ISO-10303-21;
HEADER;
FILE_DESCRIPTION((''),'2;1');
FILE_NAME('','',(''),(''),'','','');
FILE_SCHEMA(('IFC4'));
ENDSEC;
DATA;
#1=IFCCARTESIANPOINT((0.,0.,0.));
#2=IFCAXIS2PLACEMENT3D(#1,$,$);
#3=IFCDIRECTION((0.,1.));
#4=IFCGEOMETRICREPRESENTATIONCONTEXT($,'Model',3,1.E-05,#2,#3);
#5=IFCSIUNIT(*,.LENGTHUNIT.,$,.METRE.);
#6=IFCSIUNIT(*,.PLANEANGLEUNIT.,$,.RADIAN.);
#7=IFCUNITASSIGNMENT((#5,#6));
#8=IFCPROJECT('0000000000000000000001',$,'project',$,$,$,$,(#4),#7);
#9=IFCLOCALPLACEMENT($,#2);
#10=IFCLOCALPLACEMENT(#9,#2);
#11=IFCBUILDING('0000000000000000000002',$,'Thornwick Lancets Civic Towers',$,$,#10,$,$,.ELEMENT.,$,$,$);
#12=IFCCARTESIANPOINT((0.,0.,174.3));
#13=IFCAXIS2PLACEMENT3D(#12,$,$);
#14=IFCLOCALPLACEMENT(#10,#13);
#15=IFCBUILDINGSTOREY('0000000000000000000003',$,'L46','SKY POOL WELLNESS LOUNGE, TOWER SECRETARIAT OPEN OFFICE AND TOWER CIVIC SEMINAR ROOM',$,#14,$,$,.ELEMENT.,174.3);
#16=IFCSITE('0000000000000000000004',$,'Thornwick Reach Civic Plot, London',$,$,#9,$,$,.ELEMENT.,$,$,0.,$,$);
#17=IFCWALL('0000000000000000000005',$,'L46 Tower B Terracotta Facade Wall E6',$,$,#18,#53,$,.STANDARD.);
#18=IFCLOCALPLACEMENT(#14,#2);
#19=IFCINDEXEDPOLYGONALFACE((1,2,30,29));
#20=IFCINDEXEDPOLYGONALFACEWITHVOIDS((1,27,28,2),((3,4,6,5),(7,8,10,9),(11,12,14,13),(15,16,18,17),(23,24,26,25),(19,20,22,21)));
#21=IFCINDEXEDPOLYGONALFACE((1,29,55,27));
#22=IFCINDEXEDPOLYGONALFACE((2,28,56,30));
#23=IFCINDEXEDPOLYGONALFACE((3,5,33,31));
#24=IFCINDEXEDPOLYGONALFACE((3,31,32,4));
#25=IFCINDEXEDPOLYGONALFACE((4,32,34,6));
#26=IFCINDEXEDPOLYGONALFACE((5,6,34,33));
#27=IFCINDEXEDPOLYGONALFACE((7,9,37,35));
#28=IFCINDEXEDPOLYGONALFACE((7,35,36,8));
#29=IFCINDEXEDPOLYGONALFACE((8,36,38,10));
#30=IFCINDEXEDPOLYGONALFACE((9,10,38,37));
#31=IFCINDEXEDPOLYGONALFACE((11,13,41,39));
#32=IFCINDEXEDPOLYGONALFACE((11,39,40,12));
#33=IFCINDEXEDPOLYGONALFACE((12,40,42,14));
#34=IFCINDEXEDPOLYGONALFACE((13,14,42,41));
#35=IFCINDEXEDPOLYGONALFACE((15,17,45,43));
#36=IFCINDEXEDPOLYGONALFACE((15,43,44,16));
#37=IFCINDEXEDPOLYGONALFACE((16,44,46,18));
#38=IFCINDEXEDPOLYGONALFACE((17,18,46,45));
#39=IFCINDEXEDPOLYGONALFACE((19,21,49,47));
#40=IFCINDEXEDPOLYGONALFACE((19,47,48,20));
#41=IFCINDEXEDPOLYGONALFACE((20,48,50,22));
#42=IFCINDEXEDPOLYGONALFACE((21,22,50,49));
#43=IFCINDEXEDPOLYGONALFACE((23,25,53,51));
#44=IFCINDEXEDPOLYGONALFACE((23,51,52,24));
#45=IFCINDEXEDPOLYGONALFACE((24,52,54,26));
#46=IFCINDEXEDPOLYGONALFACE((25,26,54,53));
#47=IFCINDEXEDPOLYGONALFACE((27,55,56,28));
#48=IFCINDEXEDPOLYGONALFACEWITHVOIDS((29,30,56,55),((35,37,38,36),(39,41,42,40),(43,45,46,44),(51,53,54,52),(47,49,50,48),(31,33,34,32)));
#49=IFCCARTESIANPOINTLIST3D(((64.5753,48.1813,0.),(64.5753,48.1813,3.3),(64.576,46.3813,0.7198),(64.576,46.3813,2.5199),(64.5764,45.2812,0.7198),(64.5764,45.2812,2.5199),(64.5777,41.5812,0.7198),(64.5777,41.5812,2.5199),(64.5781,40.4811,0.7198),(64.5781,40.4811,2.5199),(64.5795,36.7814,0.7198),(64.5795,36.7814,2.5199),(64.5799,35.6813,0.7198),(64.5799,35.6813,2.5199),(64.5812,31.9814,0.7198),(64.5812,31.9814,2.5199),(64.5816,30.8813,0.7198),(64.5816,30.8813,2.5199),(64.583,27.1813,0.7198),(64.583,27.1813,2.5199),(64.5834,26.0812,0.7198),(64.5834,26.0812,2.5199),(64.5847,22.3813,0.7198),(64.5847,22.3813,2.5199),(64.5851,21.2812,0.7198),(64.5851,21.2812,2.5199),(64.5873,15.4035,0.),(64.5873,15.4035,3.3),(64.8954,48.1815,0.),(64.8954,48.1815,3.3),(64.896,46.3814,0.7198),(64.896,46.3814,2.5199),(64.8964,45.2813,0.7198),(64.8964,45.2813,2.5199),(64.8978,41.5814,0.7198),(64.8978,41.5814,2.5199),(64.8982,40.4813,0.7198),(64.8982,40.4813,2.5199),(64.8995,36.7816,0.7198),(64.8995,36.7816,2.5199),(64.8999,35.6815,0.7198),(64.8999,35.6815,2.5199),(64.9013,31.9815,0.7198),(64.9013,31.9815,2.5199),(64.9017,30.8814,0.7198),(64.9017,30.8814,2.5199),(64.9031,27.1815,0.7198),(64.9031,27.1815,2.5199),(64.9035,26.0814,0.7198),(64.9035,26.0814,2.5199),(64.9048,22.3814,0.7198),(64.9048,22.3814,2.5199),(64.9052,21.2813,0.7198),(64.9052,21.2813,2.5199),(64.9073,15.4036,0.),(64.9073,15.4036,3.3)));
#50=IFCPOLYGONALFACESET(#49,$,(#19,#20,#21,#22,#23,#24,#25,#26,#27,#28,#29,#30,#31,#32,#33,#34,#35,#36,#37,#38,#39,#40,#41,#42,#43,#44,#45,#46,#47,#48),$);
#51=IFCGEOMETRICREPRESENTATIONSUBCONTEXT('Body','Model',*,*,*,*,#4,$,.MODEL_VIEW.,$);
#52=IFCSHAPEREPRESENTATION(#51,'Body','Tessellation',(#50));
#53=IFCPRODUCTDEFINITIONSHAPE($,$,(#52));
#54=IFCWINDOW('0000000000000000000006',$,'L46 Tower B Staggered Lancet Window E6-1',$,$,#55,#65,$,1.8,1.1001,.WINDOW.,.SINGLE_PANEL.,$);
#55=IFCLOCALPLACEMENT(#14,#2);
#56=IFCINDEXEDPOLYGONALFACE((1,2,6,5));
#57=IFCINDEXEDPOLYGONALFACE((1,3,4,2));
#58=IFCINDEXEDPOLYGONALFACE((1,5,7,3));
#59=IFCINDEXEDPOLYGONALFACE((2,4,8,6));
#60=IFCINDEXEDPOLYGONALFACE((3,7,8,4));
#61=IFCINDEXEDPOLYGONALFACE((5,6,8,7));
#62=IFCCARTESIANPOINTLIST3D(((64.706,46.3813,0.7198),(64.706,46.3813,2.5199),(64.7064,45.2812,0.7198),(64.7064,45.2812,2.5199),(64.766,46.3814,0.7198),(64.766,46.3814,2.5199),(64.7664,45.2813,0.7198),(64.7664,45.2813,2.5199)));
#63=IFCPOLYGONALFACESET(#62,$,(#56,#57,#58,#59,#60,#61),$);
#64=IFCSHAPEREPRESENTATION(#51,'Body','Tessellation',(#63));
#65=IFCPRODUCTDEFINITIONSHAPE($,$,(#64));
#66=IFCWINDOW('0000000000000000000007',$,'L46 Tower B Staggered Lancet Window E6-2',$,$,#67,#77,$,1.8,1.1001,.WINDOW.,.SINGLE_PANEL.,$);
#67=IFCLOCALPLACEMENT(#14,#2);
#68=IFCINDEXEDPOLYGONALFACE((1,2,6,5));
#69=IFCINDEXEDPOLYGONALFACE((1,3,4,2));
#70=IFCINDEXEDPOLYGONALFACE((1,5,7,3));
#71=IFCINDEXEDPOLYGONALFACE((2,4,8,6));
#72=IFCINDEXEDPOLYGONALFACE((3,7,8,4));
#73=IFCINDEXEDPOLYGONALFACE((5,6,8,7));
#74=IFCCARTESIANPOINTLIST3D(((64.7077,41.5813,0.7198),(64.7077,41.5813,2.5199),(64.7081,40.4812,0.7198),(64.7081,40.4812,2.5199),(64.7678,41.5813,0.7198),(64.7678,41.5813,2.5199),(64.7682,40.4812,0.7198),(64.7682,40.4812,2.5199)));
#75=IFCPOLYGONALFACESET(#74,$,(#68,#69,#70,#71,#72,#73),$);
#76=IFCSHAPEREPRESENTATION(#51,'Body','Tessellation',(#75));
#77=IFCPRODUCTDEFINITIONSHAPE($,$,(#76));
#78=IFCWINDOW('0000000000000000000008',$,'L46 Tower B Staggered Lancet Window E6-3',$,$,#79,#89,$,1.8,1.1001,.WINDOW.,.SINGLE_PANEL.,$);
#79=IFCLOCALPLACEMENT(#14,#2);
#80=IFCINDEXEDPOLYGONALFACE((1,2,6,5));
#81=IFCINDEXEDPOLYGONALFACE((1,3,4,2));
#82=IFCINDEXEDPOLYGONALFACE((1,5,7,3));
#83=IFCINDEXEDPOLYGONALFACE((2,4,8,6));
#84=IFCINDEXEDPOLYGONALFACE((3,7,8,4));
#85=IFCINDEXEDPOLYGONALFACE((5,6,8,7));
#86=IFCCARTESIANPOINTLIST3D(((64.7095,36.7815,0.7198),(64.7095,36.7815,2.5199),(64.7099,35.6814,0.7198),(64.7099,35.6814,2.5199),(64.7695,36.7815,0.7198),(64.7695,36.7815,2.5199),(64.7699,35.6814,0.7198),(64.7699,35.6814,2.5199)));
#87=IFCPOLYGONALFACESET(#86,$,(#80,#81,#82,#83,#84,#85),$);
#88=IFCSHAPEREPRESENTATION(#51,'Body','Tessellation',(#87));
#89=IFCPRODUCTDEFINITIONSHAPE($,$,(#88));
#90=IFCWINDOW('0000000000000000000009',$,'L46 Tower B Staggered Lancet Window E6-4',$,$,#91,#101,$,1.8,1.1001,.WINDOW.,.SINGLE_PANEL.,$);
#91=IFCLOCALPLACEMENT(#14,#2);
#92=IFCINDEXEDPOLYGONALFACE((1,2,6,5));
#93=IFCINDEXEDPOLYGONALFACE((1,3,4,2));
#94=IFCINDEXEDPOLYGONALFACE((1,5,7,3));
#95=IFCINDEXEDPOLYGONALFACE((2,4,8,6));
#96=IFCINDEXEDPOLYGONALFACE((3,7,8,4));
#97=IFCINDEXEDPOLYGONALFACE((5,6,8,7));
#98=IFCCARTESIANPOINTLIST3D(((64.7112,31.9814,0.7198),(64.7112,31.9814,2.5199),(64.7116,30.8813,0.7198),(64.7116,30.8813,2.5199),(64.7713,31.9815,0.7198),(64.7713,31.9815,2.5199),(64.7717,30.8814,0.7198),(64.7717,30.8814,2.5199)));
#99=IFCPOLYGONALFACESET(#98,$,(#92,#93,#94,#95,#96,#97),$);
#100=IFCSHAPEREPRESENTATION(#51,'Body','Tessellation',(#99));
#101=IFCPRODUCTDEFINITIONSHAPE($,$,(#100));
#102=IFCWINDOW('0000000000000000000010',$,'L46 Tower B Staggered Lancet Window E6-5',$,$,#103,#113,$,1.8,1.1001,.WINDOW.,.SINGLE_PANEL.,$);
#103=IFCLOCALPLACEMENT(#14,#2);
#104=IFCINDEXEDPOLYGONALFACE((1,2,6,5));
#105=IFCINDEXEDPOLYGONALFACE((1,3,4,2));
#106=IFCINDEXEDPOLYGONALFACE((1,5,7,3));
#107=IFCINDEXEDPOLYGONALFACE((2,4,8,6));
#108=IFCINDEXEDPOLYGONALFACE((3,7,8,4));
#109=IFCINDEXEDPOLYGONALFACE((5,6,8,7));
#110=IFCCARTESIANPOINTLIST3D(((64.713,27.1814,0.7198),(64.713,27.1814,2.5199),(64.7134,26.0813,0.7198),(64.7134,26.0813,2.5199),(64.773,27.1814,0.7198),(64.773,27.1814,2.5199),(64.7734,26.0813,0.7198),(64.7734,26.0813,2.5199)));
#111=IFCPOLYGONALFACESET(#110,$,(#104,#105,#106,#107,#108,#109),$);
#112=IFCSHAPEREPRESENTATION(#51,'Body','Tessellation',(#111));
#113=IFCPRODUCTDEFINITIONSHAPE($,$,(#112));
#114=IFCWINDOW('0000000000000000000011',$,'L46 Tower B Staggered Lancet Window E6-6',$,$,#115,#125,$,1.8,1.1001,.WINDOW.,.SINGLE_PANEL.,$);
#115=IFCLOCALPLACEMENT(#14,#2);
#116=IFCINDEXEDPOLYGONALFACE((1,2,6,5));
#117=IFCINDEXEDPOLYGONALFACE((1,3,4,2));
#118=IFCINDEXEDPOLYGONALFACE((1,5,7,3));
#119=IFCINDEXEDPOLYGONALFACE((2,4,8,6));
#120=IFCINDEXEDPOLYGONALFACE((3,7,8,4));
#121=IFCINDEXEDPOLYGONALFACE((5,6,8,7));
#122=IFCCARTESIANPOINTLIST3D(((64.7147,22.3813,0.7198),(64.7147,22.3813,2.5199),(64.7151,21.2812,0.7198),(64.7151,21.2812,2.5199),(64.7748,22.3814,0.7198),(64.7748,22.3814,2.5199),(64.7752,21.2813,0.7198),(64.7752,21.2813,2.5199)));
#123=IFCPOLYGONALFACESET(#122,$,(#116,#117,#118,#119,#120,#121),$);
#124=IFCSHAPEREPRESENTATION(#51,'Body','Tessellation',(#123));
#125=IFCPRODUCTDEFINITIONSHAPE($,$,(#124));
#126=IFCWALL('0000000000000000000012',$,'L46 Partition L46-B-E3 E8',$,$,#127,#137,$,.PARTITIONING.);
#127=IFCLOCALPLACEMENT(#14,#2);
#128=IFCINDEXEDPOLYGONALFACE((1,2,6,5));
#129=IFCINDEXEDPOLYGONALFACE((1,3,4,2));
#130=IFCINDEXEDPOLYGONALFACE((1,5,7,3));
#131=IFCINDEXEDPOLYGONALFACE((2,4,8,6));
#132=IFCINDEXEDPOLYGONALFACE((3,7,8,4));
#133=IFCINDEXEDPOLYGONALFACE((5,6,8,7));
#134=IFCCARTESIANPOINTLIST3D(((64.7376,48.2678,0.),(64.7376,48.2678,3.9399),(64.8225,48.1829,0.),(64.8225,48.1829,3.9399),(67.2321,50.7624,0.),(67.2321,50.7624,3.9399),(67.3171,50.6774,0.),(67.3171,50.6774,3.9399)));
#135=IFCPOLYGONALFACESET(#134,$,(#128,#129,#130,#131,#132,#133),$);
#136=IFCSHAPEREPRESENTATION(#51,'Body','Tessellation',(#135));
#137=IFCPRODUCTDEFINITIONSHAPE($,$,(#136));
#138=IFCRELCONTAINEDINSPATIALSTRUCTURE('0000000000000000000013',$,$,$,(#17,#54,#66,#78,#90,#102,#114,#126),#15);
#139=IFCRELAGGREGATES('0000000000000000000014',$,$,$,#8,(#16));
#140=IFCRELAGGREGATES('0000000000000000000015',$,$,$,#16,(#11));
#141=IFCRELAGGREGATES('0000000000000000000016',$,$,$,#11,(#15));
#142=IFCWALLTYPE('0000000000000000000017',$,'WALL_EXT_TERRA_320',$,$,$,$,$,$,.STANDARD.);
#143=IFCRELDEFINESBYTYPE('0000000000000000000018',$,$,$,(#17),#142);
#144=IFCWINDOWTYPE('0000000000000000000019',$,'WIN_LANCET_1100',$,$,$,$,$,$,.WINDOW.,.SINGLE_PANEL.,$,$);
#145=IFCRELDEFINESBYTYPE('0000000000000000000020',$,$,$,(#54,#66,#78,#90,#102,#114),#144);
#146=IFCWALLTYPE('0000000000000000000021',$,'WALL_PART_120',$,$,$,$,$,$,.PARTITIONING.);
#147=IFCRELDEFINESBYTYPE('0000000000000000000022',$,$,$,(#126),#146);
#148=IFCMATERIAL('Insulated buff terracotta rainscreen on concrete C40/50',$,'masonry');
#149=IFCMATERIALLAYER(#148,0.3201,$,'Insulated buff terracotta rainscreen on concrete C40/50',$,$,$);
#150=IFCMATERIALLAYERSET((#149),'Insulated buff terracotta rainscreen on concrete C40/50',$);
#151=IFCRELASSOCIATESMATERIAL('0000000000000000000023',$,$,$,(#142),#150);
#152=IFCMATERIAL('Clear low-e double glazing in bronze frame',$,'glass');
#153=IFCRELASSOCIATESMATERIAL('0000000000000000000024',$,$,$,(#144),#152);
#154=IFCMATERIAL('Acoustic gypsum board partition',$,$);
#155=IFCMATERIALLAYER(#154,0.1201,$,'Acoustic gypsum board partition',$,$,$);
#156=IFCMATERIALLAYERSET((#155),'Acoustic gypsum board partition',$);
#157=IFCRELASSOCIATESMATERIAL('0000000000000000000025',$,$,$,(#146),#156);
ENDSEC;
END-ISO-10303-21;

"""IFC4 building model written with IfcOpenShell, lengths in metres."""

from ifc_helpers import new_model, si_unit, direction, frame, frame_2d, origin, place, context, subcontext, project, spatial, rectangle, extrude, material, layer, layer_set, type_object, element, fill, save


model = new_model("IFC4")

# Units and contexts
model_context = context("Model", 3, precision=1e-05, world=origin(), true_north=direction((0.0, 1.0)))
body_context = subcontext(model_context, "Body", "Model", "MODEL_VIEW")
ifc_project = project(units=[si_unit("LENGTHUNIT", "METRE"), si_unit("PLANEANGLEUNIT", "RADIAN")], contexts=[model_context])

# Site, building, storey
site_placement = place(None, origin())
site = spatial("IfcSite", under=ifc_project, at=site_placement, Name="Thornwick Reach Civic Plot, London", CompositionType="ELEMENT", RefElevation=0.0)
building_placement = place(site_placement, origin())
building = spatial("IfcBuilding", under=site, at=building_placement, Name="Thornwick Lancets Civic Towers", CompositionType="ELEMENT")
storey_placement = place(building_placement, frame((0.0, 0.0, 174.3)))
storey = spatial("IfcBuildingStorey", under=building, at=storey_placement, Name="L46", Description="SKY POOL WELLNESS LOUNGE, TOWER SECRETARIAT OPEN OFFICE AND TOWER CIVIC SEMINAR ROOM", CompositionType="ELEMENT", Elevation=174.3)

# Wall, openings, windows
ifc_material_1 = material(Name="Insulated buff terracotta rainscreen on concrete C40/50", Category="masonry")
ifc_layer_1 = layer(ifc_material_1, 0.3201, Name="Insulated buff terracotta rainscreen on concrete C40/50")
ifc_layer_set_1 = layer_set([ifc_layer_1], Name="Insulated buff terracotta rainscreen on concrete C40/50")
wall_type_1 = type_object("IfcWallType", Name="WALL_EXT_TERRA_320", PredefinedType="STANDARD", material=ifc_layer_set_1)
wall_1_placement = place(storey_placement, frame((64.7354, 48.1814, 0.0), z_axis=(0.0, 0.0, 1.0), x_axis=(0.000365, -1.0, 0.0)))
wall_1 = element("IfcWall", 1, at=wall_1_placement, inside=storey, type_object=wall_type_1, Name="L46 Tower B Terracotta Facade Wall E6", PredefinedType="STANDARD", context=body_context, shape_type="SweptSolid", body=[
    extrude(rectangle(XDim=32.7778, YDim=0.3201, at=frame_2d((16.3889, 0.0))), origin(), (0.0, 0.0, 1.0), 3.3),
])
opening_1_placement = place(wall_1_placement, frame((1.8, 0.0, 0.72)))
opening_1 = element("IfcOpeningElement", 2, at=opening_1_placement, cuts=wall_1, PredefinedType="OPENING", context=body_context, shape_type="SweptSolid", body=[
    extrude(rectangle(XDim=1.1001, YDim=1.8, at=frame_2d((0.55, 0.8999))), frame((0.0, 0.1699, 0.0), z_axis=(0.0, -1.0, 0.0), x_axis=(1.0, 0.0, 0.0)), (0.0, 0.0, 1.0), 0.3401),
])
opening_2_placement = place(wall_1_placement, frame((6.6001, 0.0, 0.72)))
opening_2 = element("IfcOpeningElement", 3, at=opening_2_placement, cuts=wall_1, PredefinedType="OPENING", context=body_context, shape_type="SweptSolid", body=[
    extrude(rectangle(XDim=1.1001, YDim=1.8, at=frame_2d((0.55, 0.8999))), frame((0.0, 0.1699, 0.0), z_axis=(0.0, -1.0, 0.0), x_axis=(1.0, 0.0, 0.0)), (0.0, 0.0, 1.0), 0.3401),
])
opening_3_placement = place(wall_1_placement, frame((11.3999, 0.0, 0.72)))
opening_3 = element("IfcOpeningElement", 4, at=opening_3_placement, cuts=wall_1, PredefinedType="OPENING", context=body_context, shape_type="SweptSolid", body=[
    extrude(rectangle(XDim=1.1001, YDim=1.8, at=frame_2d((0.55, 0.8999))), frame((0.0, 0.1699, 0.0), z_axis=(0.0, -1.0, 0.0), x_axis=(1.0, 0.0, 0.0)), (0.0, 0.0, 1.0), 0.3401),
])
opening_4_placement = place(wall_1_placement, frame((16.2, 0.0, 0.72)))
opening_4 = element("IfcOpeningElement", 5, at=opening_4_placement, cuts=wall_1, PredefinedType="OPENING", context=body_context, shape_type="SweptSolid", body=[
    extrude(rectangle(XDim=1.1001, YDim=1.8, at=frame_2d((0.55, 0.8999))), frame((0.0, 0.1699, 0.0), z_axis=(0.0, -1.0, 0.0), x_axis=(1.0, 0.0, 0.0)), (0.0, 0.0, 1.0), 0.3401),
])
opening_5_placement = place(wall_1_placement, frame((21.0, 0.0, 0.72)))
opening_5 = element("IfcOpeningElement", 6, at=opening_5_placement, cuts=wall_1, PredefinedType="OPENING", context=body_context, shape_type="SweptSolid", body=[
    extrude(rectangle(XDim=1.1001, YDim=1.8, at=frame_2d((0.55, 0.8999))), frame((0.0, 0.1699, 0.0), z_axis=(0.0, -1.0, 0.0), x_axis=(1.0, 0.0, 0.0)), (0.0, 0.0, 1.0), 0.3401),
])
opening_6_placement = place(wall_1_placement, frame((25.8, 0.0, 0.72)))
opening_6 = element("IfcOpeningElement", 7, at=opening_6_placement, cuts=wall_1, PredefinedType="OPENING", context=body_context, shape_type="SweptSolid", body=[
    extrude(rectangle(XDim=1.1001, YDim=1.8, at=frame_2d((0.55, 0.8999))), frame((0.0, 0.1699, 0.0), z_axis=(0.0, -1.0, 0.0), x_axis=(1.0, 0.0, 0.0)), (0.0, 0.0, 1.0), 0.3401),
])
ifc_material_2 = material(Name="Clear low-e double glazing in bronze frame", Category="glass")
window_type = type_object("IfcWindowType", Name="WIN_LANCET_1100", PartitioningType="SINGLE_PANEL", PredefinedType="WINDOW", material=ifc_material_2)
window_1_placement = place(opening_1_placement, origin())
window_1 = element("IfcWindow", 8, at=window_1_placement, inside=storey, type_object=window_type, Name="L46 Tower B Staggered Lancet Window E6-1", OverallHeight=1.8, OverallWidth=1.1001, PartitioningType="SINGLE_PANEL", PredefinedType="WINDOW", context=body_context, shape_type="SweptSolid", body=[
    extrude(rectangle(XDim=1.1001, YDim=1.8, at=frame_2d((0.55, 0.8999))), frame((0.0, 0.03, 0.0), z_axis=(0.0, -1.0, 0.0), x_axis=(1.0, 0.0, 0.0)), (0.0, 0.0, 1.0), 0.0601),
])
fill(opening_1, window_1)
window_2_placement = place(opening_2_placement, origin())
window_2 = element("IfcWindow", 9, at=window_2_placement, inside=storey, type_object=window_type, Name="L46 Tower B Staggered Lancet Window E6-2", OverallHeight=1.8, OverallWidth=1.1001, PartitioningType="SINGLE_PANEL", PredefinedType="WINDOW", context=body_context, shape_type="SweptSolid", body=[
    extrude(rectangle(XDim=1.1001, YDim=1.8, at=frame_2d((0.55, 0.8999))), frame((0.0, 0.03, 0.0), z_axis=(0.0, -1.0, 0.0), x_axis=(1.0, 0.0, 0.0)), (0.0, 0.0, 1.0), 0.0601),
])
fill(opening_2, window_2)
window_3_placement = place(opening_3_placement, origin())
window_3 = element("IfcWindow", 10, at=window_3_placement, inside=storey, type_object=window_type, Name="L46 Tower B Staggered Lancet Window E6-3", OverallHeight=1.8, OverallWidth=1.1001, PartitioningType="SINGLE_PANEL", PredefinedType="WINDOW", context=body_context, shape_type="SweptSolid", body=[
    extrude(rectangle(XDim=1.1001, YDim=1.8, at=frame_2d((0.55, 0.8999))), frame((0.0, 0.03, 0.0), z_axis=(0.0, -1.0, 0.0), x_axis=(1.0, 0.0, 0.0)), (0.0, 0.0, 1.0), 0.0601),
])
fill(opening_3, window_3)
window_4_placement = place(opening_4_placement, origin())
window_4 = element("IfcWindow", 11, at=window_4_placement, inside=storey, type_object=window_type, Name="L46 Tower B Staggered Lancet Window E6-4", OverallHeight=1.8, OverallWidth=1.1001, PartitioningType="SINGLE_PANEL", PredefinedType="WINDOW", context=body_context, shape_type="SweptSolid", body=[
    extrude(rectangle(XDim=1.1001, YDim=1.8, at=frame_2d((0.55, 0.8999))), frame((0.0, 0.03, 0.0), z_axis=(0.0, -1.0, 0.0), x_axis=(1.0, 0.0, 0.0)), (0.0, 0.0, 1.0), 0.0601),
])
fill(opening_4, window_4)
window_5_placement = place(opening_5_placement, origin())
window_5 = element("IfcWindow", 12, at=window_5_placement, inside=storey, type_object=window_type, Name="L46 Tower B Staggered Lancet Window E6-5", OverallHeight=1.8, OverallWidth=1.1001, PartitioningType="SINGLE_PANEL", PredefinedType="WINDOW", context=body_context, shape_type="SweptSolid", body=[
    extrude(rectangle(XDim=1.1001, YDim=1.8, at=frame_2d((0.55, 0.8999))), frame((0.0, 0.03, 0.0), z_axis=(0.0, -1.0, 0.0), x_axis=(1.0, 0.0, 0.0)), (0.0, 0.0, 1.0), 0.0601),
])
fill(opening_5, window_5)
window_6_placement = place(opening_6_placement, origin())
window_6 = element("IfcWindow", 13, at=window_6_placement, inside=storey, type_object=window_type, Name="L46 Tower B Staggered Lancet Window E6-6", OverallHeight=1.8, OverallWidth=1.1001, PartitioningType="SINGLE_PANEL", PredefinedType="WINDOW", context=body_context, shape_type="SweptSolid", body=[
    extrude(rectangle(XDim=1.1001, YDim=1.8, at=frame_2d((0.55, 0.8999))), frame((0.0, 0.03, 0.0), z_axis=(0.0, -1.0, 0.0), x_axis=(1.0, 0.0, 0.0)), (0.0, 0.0, 1.0), 0.0601),
])
fill(opening_6, window_6)

# Wall
ifc_material_3 = material(Name="Acoustic gypsum board partition")
ifc_layer_2 = layer(ifc_material_3, 0.1201, Name="Acoustic gypsum board partition")
ifc_layer_set_2 = layer_set([ifc_layer_2], Name="Acoustic gypsum board partition")
wall_type_2 = type_object("IfcWallType", Name="WALL_PART_120", PredefinedType="PARTITIONING", material=ifc_layer_set_2)
wall_2_placement = place(storey_placement, frame((64.78, 48.2253, 0.0), z_axis=(0.0, 0.0, 1.0), x_axis=(0.707107, 0.707107, 0.0)))
element("IfcWall", 14, at=wall_2_placement, inside=storey, type_object=wall_type_2, Name="L46 Partition L46-B-E3 E8", PredefinedType="PARTITIONING", context=body_context, shape_type="SweptSolid", body=[
    extrude(rectangle(XDim=3.5278, YDim=0.1201, at=frame_2d((1.7639, 0.0))), origin(), (0.0, 0.0, 1.0), 3.9399),
])

save(model, "model.ifc")
